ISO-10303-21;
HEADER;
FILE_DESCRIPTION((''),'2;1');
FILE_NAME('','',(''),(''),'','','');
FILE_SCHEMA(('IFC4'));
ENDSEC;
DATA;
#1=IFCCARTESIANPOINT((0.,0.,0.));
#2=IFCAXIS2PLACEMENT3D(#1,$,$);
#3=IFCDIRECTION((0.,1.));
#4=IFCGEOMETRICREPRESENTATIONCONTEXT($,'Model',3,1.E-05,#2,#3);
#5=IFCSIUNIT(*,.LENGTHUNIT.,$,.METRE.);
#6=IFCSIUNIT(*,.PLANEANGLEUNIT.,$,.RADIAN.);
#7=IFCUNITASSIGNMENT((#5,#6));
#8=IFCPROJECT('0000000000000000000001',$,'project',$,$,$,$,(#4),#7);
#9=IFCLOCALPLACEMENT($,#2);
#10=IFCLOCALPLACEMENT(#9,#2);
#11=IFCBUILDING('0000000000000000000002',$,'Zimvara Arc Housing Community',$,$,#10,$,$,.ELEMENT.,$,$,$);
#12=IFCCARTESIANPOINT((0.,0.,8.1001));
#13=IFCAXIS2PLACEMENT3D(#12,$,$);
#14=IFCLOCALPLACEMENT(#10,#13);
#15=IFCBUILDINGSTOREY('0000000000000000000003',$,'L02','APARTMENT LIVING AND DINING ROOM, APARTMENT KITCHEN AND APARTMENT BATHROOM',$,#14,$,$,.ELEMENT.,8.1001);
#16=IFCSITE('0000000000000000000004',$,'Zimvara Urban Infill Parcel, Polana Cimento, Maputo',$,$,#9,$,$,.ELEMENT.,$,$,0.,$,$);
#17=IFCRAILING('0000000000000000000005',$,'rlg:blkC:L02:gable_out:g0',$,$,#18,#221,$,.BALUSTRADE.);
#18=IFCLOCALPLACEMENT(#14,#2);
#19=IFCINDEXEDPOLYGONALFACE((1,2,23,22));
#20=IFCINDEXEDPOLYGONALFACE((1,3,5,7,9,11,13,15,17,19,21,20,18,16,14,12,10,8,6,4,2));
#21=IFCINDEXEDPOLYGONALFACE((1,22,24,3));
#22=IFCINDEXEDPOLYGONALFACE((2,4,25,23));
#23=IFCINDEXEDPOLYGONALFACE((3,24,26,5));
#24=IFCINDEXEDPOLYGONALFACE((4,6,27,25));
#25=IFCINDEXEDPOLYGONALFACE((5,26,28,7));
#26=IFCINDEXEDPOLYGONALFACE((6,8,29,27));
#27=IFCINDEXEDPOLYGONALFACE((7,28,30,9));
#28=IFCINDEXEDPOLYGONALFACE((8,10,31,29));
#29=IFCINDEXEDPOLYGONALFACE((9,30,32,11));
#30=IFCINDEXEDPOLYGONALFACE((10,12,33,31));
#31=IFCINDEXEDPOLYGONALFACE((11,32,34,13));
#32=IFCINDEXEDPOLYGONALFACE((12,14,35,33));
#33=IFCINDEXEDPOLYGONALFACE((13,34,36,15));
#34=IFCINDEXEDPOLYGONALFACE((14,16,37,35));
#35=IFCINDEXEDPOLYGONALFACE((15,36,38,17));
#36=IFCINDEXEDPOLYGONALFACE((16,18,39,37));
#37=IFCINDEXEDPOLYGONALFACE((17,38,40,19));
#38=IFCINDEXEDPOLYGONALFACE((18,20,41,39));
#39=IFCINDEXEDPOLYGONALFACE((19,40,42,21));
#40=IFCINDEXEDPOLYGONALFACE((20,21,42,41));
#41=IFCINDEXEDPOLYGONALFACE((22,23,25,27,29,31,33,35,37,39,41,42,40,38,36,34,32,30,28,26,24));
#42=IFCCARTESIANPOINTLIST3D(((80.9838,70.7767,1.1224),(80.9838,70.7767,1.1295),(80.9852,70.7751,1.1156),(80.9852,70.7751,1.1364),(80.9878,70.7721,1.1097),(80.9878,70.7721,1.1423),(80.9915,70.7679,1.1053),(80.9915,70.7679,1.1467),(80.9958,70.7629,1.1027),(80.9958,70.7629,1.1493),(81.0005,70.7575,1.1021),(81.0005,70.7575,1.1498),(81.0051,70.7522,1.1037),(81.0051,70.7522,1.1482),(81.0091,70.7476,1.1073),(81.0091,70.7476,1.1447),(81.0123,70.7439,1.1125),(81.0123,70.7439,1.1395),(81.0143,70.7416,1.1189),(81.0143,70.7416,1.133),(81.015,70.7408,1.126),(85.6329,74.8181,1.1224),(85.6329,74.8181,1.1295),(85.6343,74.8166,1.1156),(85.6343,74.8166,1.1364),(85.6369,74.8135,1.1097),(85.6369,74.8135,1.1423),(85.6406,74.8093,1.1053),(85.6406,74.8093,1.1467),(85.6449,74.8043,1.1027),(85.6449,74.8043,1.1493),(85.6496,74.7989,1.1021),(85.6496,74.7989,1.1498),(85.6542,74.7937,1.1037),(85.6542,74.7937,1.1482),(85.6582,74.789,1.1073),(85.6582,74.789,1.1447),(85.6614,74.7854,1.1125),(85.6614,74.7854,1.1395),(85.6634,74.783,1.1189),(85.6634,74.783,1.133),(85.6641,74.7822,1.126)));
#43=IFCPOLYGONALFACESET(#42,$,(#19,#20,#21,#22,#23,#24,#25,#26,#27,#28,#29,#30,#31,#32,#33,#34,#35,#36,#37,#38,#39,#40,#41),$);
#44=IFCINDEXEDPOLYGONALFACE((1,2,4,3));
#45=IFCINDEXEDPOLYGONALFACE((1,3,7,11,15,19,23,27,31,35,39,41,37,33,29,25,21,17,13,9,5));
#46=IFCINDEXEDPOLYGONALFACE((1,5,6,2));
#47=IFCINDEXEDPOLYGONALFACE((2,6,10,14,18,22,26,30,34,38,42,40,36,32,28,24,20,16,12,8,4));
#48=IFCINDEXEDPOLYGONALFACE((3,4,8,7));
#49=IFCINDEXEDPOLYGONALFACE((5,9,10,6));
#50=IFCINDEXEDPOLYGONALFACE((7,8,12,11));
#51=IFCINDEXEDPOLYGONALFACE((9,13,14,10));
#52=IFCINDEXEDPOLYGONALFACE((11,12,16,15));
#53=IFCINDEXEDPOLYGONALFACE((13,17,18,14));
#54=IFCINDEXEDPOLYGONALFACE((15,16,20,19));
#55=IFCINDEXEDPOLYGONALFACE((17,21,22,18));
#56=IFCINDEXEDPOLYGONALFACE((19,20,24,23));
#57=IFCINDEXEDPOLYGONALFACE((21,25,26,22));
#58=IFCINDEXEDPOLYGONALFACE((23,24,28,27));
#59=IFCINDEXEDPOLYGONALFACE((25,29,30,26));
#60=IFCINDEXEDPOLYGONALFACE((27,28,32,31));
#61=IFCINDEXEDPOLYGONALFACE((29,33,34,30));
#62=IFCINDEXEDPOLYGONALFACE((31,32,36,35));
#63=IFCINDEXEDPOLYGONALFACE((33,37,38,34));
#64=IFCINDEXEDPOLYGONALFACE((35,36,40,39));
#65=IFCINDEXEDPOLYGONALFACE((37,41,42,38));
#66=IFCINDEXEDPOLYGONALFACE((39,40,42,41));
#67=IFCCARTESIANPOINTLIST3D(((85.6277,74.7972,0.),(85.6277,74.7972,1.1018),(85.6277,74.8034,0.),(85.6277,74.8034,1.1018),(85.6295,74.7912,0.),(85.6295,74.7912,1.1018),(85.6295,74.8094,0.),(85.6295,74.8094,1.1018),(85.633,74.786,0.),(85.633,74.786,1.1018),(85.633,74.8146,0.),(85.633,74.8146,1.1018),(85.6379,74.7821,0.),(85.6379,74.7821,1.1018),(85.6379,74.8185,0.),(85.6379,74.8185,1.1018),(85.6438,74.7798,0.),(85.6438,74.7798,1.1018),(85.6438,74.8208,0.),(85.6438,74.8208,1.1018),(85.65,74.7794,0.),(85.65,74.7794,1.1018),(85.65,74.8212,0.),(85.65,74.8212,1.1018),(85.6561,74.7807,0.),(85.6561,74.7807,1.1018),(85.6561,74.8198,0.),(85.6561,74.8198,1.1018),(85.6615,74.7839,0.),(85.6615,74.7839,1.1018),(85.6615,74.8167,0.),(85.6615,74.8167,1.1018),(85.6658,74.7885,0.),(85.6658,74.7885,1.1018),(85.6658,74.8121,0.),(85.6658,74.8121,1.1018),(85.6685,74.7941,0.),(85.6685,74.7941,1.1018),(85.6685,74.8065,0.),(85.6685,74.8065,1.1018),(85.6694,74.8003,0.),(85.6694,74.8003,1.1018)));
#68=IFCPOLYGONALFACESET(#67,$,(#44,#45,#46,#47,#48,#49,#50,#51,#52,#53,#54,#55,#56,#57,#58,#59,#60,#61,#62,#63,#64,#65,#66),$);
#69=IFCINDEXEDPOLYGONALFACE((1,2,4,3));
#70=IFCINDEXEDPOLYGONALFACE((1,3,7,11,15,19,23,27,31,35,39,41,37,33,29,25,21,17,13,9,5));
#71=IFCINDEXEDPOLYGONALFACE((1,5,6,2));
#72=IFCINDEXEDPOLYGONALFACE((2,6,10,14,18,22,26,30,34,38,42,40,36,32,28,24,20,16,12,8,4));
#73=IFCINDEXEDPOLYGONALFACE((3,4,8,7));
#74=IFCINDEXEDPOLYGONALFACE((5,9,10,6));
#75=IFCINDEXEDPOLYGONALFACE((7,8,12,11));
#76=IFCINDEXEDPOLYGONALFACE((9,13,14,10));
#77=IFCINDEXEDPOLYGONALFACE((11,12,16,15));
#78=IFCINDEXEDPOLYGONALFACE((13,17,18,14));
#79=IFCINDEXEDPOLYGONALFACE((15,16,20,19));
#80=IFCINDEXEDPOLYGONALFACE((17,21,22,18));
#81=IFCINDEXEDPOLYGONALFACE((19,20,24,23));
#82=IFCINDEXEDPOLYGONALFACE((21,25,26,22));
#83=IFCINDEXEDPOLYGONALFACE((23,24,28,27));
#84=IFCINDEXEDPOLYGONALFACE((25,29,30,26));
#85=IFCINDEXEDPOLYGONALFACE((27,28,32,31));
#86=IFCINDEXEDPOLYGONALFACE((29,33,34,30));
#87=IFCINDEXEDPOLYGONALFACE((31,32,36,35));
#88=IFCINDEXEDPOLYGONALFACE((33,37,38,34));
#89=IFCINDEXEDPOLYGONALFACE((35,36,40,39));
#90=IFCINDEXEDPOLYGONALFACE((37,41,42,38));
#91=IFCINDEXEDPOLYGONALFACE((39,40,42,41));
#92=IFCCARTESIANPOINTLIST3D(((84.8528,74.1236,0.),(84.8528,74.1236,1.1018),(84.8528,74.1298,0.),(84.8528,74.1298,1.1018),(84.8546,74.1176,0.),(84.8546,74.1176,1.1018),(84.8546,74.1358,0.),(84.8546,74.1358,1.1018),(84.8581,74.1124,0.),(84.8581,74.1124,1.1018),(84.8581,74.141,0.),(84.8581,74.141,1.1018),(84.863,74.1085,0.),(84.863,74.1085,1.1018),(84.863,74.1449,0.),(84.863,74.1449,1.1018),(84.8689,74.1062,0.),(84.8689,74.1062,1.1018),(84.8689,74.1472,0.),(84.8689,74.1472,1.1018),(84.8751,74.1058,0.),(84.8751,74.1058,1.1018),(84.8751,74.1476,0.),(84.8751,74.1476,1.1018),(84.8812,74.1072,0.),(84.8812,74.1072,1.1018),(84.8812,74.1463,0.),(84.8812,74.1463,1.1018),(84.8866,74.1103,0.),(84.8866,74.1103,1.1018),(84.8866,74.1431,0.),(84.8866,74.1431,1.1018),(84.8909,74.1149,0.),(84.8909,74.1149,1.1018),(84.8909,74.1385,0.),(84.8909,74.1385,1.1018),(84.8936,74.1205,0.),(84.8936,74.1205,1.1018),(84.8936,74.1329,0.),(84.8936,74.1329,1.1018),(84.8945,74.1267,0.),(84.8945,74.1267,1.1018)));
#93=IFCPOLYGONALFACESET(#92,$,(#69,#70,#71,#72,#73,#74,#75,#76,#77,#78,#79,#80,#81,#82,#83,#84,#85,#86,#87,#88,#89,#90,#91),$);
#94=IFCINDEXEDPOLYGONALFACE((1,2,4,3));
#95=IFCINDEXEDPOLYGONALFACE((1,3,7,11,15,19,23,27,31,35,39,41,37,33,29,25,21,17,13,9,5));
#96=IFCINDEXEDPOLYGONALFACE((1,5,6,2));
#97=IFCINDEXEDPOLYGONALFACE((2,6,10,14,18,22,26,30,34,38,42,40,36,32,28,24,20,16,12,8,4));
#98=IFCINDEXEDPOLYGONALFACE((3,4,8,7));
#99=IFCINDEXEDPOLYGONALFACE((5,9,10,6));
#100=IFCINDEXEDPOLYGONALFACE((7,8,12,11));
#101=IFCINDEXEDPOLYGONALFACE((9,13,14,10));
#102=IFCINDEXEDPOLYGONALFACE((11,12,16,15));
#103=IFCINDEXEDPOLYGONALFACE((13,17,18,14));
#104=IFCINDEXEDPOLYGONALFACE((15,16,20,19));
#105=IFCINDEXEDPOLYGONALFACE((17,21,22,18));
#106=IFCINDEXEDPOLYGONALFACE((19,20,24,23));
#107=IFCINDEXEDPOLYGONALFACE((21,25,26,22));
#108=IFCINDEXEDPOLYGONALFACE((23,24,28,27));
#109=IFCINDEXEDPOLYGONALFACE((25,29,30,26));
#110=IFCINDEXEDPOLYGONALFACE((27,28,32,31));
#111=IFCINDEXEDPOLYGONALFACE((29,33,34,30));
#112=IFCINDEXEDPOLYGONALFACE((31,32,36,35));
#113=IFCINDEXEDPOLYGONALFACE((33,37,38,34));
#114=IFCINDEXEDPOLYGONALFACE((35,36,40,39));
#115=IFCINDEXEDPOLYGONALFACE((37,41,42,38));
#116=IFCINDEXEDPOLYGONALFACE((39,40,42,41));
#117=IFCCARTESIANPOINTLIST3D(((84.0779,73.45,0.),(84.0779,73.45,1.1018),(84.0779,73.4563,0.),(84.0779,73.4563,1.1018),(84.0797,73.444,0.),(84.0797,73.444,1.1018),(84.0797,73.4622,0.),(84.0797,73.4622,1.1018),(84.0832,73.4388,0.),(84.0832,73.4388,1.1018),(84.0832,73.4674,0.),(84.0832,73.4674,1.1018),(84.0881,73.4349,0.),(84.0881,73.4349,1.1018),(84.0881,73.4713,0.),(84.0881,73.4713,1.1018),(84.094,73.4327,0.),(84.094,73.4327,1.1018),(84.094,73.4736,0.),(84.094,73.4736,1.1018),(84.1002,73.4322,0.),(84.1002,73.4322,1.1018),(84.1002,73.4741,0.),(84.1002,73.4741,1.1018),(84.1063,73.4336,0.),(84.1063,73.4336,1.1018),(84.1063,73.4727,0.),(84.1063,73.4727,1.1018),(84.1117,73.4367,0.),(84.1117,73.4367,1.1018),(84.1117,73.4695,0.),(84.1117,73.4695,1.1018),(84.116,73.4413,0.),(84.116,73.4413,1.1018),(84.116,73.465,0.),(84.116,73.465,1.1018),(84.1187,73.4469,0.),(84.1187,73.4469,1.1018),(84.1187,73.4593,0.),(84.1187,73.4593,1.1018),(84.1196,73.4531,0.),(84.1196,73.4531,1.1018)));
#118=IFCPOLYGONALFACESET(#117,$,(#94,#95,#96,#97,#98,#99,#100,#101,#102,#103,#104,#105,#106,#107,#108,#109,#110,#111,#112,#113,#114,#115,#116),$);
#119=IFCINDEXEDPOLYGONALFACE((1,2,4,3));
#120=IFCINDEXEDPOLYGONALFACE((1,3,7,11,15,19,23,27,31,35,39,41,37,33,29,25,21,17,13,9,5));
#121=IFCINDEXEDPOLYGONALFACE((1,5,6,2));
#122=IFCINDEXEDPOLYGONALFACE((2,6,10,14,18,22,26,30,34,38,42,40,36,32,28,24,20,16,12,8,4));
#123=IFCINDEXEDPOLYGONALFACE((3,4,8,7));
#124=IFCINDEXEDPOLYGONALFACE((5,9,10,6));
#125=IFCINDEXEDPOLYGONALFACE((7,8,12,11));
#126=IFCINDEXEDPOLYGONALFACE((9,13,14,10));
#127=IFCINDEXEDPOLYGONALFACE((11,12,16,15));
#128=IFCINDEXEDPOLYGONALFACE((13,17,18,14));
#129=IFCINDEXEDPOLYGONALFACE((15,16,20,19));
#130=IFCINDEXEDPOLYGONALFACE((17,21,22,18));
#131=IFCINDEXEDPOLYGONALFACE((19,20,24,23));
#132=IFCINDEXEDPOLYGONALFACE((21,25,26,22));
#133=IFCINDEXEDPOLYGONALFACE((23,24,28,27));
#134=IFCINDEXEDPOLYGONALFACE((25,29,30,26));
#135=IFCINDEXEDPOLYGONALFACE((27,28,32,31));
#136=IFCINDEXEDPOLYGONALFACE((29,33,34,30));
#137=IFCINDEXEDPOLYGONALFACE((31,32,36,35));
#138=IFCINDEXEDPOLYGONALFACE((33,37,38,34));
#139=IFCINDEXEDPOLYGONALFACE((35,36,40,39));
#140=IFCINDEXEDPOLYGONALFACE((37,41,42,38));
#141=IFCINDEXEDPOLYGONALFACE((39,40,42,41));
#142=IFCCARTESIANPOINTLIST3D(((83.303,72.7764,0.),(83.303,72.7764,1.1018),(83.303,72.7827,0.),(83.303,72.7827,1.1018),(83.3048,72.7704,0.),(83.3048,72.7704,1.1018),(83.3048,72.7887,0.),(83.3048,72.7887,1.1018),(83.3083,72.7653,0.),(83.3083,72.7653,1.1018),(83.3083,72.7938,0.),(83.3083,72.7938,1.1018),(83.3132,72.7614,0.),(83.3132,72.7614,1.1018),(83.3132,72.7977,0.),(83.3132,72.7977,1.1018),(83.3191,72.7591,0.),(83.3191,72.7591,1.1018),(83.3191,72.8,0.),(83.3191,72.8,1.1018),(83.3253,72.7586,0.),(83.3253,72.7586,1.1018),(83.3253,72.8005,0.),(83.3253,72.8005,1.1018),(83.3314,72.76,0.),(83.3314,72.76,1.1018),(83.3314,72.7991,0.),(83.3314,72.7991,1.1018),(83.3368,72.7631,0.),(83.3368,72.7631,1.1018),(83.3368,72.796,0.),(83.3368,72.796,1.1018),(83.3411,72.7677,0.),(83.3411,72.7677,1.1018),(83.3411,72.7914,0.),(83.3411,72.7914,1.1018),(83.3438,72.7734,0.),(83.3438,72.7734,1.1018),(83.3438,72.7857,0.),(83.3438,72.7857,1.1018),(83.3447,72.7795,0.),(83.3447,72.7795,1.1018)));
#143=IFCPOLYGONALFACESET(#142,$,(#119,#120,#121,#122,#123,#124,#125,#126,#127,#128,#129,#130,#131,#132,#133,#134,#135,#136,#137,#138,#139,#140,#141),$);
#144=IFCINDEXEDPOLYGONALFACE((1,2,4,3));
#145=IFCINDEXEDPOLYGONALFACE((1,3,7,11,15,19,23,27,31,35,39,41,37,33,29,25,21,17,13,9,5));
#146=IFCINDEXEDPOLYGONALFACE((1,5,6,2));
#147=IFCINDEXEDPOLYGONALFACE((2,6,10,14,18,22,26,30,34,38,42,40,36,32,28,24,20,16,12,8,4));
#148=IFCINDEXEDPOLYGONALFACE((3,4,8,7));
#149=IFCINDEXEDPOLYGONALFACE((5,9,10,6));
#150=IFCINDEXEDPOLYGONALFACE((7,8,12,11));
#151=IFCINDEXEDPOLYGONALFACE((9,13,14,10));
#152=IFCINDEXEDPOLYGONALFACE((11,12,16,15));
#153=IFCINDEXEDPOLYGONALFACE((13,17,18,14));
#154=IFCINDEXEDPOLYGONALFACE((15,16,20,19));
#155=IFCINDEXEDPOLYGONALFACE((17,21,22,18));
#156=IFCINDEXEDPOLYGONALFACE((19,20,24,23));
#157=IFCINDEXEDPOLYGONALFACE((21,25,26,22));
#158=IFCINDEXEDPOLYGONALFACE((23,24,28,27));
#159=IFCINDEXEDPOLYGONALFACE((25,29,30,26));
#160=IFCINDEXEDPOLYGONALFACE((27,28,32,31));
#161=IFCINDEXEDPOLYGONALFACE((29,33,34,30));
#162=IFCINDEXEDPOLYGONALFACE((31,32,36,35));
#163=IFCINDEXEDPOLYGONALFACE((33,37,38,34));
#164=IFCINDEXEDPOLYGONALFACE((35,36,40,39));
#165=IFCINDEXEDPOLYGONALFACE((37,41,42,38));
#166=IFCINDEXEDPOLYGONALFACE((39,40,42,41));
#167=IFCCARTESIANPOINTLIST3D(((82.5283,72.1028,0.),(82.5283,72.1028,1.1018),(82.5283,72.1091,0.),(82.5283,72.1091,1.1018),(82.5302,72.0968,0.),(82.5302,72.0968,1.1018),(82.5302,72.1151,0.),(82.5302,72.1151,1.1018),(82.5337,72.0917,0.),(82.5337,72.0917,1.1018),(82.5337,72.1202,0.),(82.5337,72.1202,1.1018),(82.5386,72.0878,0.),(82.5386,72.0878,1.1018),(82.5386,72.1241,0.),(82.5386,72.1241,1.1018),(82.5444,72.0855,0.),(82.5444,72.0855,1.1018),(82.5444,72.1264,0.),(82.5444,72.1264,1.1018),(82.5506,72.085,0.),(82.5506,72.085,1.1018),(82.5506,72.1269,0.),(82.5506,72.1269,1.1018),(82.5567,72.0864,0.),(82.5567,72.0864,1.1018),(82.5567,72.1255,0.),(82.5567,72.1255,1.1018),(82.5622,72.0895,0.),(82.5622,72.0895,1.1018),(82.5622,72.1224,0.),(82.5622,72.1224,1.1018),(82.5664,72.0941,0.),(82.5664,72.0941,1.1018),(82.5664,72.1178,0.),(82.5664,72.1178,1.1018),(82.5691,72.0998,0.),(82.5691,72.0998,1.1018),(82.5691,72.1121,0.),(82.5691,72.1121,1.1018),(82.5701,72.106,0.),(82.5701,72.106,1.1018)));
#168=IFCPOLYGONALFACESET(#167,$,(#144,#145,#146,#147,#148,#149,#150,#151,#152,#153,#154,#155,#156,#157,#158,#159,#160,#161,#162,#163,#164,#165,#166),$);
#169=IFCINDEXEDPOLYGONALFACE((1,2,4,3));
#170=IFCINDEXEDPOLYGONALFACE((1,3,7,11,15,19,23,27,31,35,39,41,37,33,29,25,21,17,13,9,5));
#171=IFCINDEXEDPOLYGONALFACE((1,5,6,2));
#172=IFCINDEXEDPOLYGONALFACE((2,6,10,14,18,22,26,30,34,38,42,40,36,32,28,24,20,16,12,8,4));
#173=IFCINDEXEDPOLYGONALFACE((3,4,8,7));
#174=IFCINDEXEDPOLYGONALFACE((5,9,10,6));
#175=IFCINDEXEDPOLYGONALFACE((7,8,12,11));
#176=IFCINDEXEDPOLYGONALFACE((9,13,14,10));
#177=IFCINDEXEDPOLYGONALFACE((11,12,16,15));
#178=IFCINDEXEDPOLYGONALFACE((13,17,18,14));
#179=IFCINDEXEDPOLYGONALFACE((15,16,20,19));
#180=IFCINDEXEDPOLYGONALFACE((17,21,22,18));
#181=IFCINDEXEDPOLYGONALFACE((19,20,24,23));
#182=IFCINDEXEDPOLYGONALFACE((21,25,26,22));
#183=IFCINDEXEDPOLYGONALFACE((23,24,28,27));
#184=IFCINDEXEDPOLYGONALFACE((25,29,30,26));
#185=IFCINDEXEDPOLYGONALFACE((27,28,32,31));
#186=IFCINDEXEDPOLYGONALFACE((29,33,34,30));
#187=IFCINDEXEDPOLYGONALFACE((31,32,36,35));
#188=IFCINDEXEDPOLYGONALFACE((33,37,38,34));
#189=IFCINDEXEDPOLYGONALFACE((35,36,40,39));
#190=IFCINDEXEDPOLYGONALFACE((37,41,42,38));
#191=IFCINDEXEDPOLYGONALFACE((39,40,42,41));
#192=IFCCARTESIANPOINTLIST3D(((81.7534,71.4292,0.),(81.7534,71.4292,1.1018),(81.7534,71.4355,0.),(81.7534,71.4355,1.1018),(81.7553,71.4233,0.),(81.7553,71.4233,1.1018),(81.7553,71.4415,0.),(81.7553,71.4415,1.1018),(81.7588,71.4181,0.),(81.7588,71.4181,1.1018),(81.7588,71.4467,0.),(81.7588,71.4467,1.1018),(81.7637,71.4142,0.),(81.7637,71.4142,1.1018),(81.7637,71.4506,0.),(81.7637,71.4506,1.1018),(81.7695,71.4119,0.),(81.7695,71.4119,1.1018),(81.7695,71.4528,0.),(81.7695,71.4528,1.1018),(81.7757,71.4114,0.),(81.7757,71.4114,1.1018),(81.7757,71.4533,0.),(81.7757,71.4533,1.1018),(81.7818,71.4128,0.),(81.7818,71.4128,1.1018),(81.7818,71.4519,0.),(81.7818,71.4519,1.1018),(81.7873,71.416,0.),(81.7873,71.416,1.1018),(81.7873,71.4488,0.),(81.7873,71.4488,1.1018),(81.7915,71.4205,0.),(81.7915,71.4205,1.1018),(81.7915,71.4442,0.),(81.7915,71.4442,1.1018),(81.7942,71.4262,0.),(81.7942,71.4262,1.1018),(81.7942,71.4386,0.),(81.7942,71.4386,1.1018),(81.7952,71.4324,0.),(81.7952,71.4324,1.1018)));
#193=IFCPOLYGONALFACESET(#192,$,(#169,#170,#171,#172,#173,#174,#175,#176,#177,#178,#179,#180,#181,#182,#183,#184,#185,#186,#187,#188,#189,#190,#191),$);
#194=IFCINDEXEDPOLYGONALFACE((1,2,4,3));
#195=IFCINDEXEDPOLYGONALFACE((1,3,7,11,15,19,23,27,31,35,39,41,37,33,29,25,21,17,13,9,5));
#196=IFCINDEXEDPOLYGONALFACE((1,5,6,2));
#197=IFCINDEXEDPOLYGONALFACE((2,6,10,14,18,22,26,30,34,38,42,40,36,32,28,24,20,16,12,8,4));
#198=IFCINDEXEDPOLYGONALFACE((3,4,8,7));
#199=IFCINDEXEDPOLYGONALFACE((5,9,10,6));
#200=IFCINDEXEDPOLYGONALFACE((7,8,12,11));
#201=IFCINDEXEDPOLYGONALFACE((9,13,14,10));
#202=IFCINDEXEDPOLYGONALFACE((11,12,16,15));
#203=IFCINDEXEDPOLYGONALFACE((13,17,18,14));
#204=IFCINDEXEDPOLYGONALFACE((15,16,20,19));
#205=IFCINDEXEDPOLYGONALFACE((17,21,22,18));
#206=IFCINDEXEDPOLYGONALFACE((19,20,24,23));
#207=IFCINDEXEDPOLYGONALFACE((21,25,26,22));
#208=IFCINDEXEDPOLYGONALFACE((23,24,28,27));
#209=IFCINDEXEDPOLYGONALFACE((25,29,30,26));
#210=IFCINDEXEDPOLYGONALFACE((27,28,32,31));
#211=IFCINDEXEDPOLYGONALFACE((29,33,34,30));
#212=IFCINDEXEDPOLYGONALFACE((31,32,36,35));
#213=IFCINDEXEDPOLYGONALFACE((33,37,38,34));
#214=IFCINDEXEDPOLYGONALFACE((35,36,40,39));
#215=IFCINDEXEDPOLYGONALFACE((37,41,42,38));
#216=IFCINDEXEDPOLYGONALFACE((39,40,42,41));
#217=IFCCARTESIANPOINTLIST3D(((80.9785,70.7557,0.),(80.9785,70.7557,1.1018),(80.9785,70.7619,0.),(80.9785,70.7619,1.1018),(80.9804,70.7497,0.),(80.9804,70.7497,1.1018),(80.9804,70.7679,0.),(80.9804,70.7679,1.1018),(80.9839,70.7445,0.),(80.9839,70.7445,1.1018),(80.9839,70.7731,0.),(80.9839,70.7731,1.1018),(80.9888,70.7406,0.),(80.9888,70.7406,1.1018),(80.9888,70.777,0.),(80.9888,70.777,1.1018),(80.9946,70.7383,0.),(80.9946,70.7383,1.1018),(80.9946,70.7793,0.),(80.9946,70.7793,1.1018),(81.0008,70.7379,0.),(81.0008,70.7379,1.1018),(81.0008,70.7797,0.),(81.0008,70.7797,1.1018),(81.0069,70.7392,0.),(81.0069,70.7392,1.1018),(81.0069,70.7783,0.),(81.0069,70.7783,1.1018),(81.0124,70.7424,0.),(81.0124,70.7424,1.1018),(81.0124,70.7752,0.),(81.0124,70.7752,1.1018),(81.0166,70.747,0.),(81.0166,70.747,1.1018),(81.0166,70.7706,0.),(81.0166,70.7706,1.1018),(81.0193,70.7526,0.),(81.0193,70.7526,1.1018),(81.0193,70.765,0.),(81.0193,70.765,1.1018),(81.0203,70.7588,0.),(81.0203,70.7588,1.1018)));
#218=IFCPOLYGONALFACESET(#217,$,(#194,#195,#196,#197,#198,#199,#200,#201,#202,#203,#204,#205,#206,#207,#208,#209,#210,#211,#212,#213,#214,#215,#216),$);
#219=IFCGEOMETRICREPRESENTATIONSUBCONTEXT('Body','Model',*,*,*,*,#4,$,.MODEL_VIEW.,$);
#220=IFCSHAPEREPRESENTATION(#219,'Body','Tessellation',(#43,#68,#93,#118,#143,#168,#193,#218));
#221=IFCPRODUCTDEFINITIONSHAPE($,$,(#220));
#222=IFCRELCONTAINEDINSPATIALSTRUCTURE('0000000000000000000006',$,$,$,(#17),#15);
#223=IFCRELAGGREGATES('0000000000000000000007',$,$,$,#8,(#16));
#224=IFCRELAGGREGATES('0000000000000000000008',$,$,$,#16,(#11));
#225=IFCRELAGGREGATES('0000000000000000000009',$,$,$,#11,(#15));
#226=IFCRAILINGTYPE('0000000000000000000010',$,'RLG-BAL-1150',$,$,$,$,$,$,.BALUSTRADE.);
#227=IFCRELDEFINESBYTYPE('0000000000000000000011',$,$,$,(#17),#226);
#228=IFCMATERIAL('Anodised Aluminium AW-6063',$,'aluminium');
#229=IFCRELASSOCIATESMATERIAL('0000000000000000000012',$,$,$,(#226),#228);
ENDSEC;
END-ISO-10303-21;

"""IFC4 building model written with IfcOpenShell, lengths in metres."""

from ifc_helpers import new_model, si_unit, direction, frame, origin, origin_2d, place, context, subcontext, project, spatial, circle, extrude, material, type_object, element, save


model = new_model("IFC4")

# Units and contexts
model_context = context("Model", 3, precision=1e-05, world=origin(), true_north=direction((0.0, 1.0)))
body_context = subcontext(model_context, "Body", "Model", "MODEL_VIEW")
ifc_project = project(units=[si_unit("LENGTHUNIT", "METRE"), si_unit("PLANEANGLEUNIT", "RADIAN")], contexts=[model_context])

# Site, building, storey
site_placement = place(None, origin())
site = spatial("IfcSite", under=ifc_project, at=site_placement, Name="Zimvara Urban Infill Parcel, Polana Cimento, Maputo", CompositionType="ELEMENT", RefElevation=0.0)
building_placement = place(site_placement, origin())
building = spatial("IfcBuilding", under=site, at=building_placement, Name="Zimvara Arc Housing Community", CompositionType="ELEMENT")
storey_placement = place(building_placement, frame((0.0, 0.0, 8.1001)))
storey = spatial("IfcBuildingStorey", under=building, at=storey_placement, Name="L02", Description="APARTMENT LIVING AND DINING ROOM, APARTMENT KITCHEN AND APARTMENT BATHROOM", CompositionType="ELEMENT", Elevation=8.1001)

# Railing
ifc_material_1 = material(Name="Anodised Aluminium AW-6063", Category="aluminium")
railing_type = type_object("IfcRailingType", Name="RLG-BAL-1150", PredefinedType="BALUSTRADE", material=ifc_material_1)
railing_placement = place(storey_placement, frame((85.6484, 74.8003, 0.0)))
element("IfcRailing", 1, at=railing_placement, inside=storey, type_object=railing_type, Name="rlg:blkC:L02:gable_out:g0", PredefinedType="BALUSTRADE", context=body_context, shape_type="SweptSolid", body=[
    extrude(circle(Radius=0.0239, at=origin_2d()), frame((0.0, 0.0, 1.126), z_axis=(-0.754706, -0.656063, 0.0), x_axis=(0.656063, -0.754706, 0.0)), (0.0, 0.0, 1.0), 6.1602),
    extrude(circle(Radius=0.021, at=origin_2d()), origin(), (0.0, 0.0, 1.0), 1.1018),
    extrude(circle(Radius=0.021, at=origin_2d()), frame((-0.7749, -0.6736, 0.0)), (0.0, 0.0, 1.0), 1.1018),
    extrude(circle(Radius=0.021, at=origin_2d()), frame((-1.5498, -1.3472, 0.0)), (0.0, 0.0, 1.0), 1.1018),
    extrude(circle(Radius=0.021, at=origin_2d()), frame((-2.3247, -2.0208, 0.0)), (0.0, 0.0, 1.0), 1.1018),
    extrude(circle(Radius=0.021, at=origin_2d()), frame((-3.0994, -2.6943, 0.0)), (0.0, 0.0, 1.0), 1.1018),
    extrude(circle(Radius=0.021, at=origin_2d()), frame((-3.8743, -3.3679, 0.0)), (0.0, 0.0, 1.0), 1.1018),
    extrude(circle(Radius=0.021, at=origin_2d()), frame((-4.6492, -4.0415, 0.0)), (0.0, 0.0, 1.0), 1.1018),
])

save(model, "model.ifc")
